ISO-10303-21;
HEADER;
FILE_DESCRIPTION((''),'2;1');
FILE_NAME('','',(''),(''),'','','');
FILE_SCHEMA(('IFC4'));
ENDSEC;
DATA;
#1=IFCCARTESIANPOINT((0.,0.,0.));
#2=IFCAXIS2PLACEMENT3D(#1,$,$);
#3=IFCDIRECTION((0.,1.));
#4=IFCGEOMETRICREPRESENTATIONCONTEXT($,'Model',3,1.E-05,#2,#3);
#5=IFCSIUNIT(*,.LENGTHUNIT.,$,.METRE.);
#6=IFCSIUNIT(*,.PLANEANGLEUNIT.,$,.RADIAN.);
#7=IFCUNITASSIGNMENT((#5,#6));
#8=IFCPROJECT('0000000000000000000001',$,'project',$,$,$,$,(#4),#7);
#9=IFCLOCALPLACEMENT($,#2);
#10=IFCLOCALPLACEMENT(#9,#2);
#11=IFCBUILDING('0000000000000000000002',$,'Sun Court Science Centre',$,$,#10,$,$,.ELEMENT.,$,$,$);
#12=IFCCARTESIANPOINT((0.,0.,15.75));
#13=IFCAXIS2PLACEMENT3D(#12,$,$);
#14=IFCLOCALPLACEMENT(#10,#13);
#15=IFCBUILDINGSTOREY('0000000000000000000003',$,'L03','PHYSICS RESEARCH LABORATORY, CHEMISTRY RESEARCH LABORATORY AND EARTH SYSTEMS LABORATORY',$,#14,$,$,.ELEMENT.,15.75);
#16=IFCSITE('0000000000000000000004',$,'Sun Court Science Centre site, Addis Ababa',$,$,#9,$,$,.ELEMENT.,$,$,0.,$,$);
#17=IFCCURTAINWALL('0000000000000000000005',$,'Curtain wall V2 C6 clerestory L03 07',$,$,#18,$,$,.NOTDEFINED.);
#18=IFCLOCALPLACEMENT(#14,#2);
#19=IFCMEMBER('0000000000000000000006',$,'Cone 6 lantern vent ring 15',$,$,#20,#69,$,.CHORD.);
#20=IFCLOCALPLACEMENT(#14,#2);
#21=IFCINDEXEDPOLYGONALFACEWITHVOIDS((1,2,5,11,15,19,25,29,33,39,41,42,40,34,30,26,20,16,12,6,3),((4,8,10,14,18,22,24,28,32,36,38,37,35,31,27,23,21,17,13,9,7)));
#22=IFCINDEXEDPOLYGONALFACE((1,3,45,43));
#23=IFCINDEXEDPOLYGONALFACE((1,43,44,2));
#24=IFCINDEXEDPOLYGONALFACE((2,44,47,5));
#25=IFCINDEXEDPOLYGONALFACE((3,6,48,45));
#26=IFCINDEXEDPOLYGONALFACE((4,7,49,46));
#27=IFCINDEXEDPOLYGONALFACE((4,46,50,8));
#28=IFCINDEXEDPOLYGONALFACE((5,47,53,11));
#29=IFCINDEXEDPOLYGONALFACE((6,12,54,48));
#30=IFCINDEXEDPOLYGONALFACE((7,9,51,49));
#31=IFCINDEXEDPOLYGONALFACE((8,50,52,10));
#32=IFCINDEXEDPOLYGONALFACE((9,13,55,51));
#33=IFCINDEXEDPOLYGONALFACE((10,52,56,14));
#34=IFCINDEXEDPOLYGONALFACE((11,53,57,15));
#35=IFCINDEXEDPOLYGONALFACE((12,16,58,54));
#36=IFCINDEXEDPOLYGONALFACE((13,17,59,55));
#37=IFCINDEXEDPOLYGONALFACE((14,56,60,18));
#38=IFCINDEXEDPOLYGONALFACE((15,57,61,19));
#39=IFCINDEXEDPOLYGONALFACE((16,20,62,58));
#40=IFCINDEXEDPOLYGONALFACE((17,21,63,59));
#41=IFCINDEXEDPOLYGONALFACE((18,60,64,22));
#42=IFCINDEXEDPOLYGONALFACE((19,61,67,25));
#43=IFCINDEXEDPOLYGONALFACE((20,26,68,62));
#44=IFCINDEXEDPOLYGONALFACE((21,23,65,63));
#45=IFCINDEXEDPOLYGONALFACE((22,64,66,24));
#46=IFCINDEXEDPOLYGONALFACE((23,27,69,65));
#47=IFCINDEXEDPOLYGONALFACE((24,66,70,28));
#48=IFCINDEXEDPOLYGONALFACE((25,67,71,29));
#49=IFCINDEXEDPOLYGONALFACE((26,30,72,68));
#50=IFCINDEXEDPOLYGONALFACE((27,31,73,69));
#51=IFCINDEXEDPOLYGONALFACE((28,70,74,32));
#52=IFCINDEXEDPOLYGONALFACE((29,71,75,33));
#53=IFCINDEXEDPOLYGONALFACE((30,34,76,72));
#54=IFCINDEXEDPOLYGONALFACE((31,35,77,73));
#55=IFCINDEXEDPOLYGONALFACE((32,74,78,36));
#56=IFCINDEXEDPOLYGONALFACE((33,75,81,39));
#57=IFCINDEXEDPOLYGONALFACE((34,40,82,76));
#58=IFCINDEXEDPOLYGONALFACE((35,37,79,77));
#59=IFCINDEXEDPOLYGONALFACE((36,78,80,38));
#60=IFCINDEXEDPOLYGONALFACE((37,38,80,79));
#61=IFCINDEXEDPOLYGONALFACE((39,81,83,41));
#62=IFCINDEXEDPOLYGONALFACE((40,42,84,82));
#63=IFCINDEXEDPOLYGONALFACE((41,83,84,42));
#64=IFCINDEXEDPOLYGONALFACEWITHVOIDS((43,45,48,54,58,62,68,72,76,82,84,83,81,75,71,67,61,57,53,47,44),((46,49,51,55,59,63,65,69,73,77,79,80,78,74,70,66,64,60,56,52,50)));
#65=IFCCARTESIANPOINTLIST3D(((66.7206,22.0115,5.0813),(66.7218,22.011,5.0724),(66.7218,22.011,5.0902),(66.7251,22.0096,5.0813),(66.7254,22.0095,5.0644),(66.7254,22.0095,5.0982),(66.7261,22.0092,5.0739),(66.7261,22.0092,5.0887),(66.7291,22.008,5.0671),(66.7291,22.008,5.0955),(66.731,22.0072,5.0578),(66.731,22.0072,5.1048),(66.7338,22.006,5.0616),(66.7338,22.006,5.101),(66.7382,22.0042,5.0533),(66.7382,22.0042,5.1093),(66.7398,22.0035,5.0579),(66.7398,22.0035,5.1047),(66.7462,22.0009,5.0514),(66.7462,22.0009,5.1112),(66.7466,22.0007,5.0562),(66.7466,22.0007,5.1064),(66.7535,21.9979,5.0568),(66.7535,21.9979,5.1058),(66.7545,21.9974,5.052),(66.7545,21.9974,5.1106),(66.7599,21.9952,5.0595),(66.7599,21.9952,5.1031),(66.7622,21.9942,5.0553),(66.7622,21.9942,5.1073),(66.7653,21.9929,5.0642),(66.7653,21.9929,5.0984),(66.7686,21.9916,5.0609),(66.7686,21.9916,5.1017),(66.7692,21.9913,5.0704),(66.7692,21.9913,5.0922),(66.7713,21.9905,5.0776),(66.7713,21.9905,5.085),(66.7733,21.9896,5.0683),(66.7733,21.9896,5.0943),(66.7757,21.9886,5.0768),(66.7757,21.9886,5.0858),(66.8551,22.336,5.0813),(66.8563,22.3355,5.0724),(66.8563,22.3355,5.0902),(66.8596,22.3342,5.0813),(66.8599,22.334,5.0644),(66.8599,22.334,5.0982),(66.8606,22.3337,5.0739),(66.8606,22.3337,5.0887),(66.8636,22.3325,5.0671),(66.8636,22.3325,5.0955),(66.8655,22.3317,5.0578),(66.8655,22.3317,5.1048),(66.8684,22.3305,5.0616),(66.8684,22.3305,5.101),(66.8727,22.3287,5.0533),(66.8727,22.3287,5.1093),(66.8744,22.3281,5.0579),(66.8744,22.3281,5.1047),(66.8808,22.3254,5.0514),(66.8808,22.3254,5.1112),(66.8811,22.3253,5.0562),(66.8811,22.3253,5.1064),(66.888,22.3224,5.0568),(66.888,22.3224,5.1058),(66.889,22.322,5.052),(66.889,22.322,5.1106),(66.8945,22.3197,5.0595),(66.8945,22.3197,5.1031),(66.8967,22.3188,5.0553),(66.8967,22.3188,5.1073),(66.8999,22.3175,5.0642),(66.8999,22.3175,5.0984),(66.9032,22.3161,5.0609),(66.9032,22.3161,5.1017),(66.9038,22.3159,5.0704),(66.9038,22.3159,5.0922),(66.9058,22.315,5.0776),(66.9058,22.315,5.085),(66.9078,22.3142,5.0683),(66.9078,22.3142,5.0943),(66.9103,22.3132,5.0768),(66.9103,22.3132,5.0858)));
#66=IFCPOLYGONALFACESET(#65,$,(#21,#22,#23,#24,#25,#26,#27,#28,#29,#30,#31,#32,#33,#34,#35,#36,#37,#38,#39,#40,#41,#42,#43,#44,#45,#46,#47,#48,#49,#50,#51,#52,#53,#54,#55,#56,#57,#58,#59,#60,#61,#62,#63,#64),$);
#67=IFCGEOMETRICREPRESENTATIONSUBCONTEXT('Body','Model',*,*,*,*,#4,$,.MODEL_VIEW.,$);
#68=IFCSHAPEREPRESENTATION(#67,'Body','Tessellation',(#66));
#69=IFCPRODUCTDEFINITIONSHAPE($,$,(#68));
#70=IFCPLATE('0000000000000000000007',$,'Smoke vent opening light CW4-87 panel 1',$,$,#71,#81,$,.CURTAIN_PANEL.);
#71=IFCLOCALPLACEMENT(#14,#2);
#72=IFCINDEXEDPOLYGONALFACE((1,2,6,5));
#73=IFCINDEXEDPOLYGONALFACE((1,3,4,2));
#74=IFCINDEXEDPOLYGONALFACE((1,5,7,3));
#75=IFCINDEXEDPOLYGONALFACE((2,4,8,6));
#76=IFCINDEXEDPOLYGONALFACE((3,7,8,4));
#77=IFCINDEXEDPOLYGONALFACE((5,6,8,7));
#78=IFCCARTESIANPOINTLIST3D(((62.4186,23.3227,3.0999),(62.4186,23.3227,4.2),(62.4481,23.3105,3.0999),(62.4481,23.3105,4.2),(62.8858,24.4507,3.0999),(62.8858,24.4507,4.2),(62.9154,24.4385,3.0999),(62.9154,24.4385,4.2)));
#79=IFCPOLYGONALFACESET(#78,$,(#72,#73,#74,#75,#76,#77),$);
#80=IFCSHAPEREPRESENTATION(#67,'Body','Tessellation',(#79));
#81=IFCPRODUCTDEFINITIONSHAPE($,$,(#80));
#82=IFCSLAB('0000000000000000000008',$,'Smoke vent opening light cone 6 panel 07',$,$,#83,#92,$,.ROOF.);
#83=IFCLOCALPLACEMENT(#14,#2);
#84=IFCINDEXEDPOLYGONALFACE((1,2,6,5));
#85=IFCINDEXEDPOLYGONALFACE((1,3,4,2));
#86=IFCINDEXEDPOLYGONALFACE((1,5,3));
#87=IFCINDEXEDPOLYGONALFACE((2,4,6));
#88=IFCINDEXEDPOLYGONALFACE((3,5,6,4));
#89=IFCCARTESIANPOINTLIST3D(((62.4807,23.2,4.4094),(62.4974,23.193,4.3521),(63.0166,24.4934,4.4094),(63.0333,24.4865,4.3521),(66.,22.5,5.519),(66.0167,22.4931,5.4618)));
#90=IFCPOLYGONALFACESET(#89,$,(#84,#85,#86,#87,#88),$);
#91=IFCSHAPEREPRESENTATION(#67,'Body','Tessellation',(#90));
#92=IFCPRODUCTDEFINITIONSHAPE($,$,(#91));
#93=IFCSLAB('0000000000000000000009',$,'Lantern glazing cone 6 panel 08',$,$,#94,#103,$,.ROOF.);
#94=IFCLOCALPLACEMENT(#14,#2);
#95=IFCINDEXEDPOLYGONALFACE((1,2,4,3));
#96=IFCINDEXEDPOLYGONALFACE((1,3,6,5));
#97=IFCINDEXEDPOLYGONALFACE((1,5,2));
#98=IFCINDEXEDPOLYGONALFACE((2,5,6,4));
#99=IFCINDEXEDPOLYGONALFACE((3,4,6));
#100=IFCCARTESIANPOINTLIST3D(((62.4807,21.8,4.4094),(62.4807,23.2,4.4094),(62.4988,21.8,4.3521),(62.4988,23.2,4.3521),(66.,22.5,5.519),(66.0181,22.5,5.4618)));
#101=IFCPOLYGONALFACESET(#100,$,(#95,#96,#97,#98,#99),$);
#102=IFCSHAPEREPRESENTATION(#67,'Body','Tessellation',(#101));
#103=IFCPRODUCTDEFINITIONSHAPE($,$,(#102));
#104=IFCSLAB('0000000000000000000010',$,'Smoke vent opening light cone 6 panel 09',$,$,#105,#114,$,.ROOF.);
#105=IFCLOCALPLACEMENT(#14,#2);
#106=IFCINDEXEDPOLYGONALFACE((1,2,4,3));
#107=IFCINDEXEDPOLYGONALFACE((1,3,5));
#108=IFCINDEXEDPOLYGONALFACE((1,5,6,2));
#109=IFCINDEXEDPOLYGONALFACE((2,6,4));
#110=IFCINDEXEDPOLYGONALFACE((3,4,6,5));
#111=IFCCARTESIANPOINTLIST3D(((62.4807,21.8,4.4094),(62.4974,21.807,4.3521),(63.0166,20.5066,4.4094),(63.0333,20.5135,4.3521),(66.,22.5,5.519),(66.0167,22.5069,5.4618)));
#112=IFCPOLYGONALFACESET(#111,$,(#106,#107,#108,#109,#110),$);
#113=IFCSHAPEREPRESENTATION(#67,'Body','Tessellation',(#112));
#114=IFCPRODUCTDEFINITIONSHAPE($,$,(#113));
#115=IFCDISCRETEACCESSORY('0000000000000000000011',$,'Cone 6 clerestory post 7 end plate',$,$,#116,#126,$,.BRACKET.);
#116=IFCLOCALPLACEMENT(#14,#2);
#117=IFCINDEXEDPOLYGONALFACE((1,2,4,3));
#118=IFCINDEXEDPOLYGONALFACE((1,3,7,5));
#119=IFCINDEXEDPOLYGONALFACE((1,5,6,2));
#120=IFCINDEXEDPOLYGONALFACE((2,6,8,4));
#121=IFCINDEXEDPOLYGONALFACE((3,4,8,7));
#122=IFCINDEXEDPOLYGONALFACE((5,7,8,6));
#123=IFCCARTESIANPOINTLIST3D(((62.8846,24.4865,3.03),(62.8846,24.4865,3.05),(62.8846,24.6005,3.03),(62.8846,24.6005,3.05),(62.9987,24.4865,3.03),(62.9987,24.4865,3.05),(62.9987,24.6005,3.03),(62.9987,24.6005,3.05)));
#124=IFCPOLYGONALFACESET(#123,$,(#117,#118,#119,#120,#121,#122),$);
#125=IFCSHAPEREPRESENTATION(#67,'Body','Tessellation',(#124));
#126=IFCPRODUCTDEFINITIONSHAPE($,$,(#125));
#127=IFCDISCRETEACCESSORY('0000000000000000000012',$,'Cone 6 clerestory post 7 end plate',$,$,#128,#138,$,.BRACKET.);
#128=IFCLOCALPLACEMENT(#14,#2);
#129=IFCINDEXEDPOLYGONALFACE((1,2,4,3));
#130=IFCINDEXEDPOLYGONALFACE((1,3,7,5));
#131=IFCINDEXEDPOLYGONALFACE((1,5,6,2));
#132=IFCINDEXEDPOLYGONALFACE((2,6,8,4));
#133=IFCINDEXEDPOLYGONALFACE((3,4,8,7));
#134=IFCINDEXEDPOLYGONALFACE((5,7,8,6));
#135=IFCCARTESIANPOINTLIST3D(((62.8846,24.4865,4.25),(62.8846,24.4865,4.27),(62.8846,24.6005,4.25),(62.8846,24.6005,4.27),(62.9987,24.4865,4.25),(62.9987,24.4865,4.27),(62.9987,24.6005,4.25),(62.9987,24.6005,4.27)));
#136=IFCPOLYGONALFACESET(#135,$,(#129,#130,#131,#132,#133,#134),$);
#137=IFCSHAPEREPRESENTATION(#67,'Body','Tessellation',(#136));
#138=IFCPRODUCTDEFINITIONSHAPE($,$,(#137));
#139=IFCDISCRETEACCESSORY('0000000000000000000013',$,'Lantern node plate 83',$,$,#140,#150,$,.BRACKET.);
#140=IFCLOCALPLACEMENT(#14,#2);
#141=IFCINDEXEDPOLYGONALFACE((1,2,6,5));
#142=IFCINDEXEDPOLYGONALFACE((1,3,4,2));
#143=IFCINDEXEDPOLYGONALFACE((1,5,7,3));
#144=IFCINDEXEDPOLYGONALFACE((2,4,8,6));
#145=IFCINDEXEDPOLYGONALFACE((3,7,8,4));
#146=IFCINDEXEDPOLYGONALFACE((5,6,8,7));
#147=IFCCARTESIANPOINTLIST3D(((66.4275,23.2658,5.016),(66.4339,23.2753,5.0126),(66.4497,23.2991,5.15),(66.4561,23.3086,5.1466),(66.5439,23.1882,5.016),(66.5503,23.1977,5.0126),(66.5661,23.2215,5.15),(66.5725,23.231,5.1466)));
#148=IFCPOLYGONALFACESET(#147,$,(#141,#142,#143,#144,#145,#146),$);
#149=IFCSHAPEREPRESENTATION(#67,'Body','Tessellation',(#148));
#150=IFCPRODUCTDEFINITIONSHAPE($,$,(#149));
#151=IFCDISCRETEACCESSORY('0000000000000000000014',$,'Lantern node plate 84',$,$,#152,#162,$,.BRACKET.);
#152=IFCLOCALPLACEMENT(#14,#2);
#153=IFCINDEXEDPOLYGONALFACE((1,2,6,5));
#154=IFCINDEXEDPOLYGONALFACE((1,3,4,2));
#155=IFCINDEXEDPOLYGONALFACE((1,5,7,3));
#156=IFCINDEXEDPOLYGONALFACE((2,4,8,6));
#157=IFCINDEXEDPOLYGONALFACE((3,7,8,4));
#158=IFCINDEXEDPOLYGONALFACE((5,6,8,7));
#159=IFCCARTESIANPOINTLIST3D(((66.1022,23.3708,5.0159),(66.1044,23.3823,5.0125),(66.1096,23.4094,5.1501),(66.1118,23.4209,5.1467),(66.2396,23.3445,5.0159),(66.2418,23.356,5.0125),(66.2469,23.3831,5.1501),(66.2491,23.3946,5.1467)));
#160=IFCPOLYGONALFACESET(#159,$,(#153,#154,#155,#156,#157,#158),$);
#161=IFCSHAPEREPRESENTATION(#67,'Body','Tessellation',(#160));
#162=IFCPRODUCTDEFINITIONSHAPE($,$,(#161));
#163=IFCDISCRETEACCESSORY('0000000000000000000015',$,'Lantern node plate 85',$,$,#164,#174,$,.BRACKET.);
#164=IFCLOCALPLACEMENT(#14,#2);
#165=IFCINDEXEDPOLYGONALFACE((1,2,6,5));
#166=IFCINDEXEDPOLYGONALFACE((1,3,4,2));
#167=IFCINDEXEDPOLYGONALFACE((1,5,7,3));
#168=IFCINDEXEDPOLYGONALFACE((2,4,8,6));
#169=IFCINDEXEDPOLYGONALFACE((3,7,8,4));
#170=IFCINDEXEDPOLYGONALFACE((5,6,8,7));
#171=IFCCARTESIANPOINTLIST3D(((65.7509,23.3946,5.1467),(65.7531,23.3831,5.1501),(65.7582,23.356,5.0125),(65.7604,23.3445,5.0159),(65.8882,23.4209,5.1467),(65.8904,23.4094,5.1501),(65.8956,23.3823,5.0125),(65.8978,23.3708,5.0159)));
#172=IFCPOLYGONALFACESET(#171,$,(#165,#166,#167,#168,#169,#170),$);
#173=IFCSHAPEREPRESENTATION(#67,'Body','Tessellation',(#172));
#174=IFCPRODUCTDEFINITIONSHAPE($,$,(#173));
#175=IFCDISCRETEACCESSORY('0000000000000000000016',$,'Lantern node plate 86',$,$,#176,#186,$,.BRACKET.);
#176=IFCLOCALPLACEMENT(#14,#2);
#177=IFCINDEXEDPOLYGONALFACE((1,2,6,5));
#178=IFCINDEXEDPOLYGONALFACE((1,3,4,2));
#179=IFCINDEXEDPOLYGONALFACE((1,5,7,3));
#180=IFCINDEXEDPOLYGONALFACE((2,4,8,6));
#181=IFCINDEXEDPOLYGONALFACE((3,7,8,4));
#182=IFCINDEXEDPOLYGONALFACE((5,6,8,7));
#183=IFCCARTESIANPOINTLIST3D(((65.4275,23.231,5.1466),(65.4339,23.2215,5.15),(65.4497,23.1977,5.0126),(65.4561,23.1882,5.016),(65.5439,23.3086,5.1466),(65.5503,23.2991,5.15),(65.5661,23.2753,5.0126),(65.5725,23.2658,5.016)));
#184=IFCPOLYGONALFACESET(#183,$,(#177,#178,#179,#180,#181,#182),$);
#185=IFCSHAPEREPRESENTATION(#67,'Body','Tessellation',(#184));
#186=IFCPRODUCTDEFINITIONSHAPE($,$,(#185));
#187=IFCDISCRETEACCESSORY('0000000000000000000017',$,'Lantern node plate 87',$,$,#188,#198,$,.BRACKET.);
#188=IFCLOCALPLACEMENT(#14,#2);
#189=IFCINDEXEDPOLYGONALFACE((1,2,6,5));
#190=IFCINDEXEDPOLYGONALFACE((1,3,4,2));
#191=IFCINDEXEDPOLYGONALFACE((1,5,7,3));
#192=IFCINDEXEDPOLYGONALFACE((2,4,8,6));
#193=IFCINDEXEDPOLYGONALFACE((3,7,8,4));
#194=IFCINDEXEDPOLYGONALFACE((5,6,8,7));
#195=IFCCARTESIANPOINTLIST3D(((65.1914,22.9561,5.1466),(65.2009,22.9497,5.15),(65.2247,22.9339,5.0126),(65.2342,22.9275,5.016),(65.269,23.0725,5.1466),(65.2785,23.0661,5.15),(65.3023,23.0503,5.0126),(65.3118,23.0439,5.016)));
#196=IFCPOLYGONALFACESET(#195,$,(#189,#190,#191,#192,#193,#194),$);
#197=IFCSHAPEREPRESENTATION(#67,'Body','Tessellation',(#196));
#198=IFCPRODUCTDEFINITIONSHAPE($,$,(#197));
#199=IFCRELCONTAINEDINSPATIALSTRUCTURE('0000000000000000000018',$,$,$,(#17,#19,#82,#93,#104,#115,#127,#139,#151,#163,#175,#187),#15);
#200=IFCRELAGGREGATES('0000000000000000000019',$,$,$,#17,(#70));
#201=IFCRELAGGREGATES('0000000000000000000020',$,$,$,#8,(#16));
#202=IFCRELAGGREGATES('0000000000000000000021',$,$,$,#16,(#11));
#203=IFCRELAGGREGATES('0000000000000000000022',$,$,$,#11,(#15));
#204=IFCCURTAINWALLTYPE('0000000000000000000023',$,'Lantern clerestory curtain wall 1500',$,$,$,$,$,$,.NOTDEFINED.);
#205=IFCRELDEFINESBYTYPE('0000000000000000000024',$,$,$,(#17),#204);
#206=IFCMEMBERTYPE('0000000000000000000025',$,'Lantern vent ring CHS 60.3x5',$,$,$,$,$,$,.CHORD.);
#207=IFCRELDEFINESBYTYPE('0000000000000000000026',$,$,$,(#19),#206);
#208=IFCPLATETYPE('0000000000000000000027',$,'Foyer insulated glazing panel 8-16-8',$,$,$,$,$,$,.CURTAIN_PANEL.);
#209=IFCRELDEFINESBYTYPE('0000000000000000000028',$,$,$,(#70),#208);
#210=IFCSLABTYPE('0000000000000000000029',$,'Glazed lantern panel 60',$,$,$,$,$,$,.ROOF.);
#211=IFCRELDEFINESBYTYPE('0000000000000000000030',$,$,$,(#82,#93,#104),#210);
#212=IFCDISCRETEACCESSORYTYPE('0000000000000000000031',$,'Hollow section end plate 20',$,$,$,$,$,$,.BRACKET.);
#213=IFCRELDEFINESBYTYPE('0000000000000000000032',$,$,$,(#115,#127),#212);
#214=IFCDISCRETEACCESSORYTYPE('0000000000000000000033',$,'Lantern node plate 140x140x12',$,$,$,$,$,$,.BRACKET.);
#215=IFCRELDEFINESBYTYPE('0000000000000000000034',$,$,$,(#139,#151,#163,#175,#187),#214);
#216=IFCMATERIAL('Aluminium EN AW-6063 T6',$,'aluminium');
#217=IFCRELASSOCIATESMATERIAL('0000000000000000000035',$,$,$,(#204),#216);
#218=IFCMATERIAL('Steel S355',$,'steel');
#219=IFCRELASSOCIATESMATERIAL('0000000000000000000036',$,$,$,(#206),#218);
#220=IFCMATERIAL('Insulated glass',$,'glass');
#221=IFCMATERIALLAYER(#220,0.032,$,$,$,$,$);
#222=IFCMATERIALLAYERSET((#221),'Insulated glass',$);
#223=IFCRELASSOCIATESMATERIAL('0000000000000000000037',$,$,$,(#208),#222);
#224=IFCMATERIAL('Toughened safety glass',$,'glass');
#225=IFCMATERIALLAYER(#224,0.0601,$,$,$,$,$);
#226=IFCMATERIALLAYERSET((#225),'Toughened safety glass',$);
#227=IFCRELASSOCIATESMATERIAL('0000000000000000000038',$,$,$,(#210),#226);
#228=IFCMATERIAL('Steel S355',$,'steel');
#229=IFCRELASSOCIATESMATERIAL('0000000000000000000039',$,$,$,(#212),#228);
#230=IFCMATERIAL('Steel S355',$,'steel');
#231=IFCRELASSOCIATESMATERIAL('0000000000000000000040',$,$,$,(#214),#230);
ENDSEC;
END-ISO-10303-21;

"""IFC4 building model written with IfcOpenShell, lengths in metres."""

from ifc_helpers import new_model, si_unit, direction, frame, origin, origin_2d, place, context, subcontext, project, spatial, polyline, rectangle, hollow_circle, outline, extrude, material, layer, layer_set, material_profile, profile_set, type_object, element, aggregate, save


model = new_model("IFC4")

# Units and contexts
model_context = context("Model", 3, precision=1e-05, world=origin(), true_north=direction((0.0, 1.0)))
body_context = subcontext(model_context, "Body", "Model", "MODEL_VIEW")
ifc_project = project(units=[si_unit("LENGTHUNIT", "METRE"), si_unit("PLANEANGLEUNIT", "RADIAN")], contexts=[model_context])

# Site, building, storey
site_placement = place(None, origin())
site = spatial("IfcSite", under=ifc_project, at=site_placement, Name="Sun Court Science Centre site, Addis Ababa", CompositionType="ELEMENT", RefElevation=0.0)
building_placement = place(site_placement, origin())
building = spatial("IfcBuilding", under=site, at=building_placement, Name="Sun Court Science Centre", CompositionType="ELEMENT")
storey_placement = place(building_placement, frame((0.0, 0.0, 15.75)))
storey = spatial("IfcBuildingStorey", under=building, at=storey_placement, Name="L03", Description="PHYSICS RESEARCH LABORATORY, CHEMISTRY RESEARCH LABORATORY AND EARTH SYSTEMS LABORATORY", CompositionType="ELEMENT", Elevation=15.75)

# Shared definitions
ifc_material_1 = material(Name="Aluminium EN AW-6063 T6", Category="aluminium")
curtain_wall_type = type_object("IfcCurtainWallType", Name="Lantern clerestory curtain wall 1500", PredefinedType="NOTDEFINED", material=ifc_material_1)

# Curtain wall
curtain_wall_1_placement = place(storey_placement, origin())
curtain_wall_1 = element("IfcCurtainWall", 1, at=curtain_wall_1_placement, inside=storey, type_object=curtain_wall_type, Name="Curtain wall V2 C6 clerestory L03 07", PredefinedType="NOTDEFINED")

# Member
ifc_material_2 = material(Name="Steel S355", Category="steel")
ifc_material_profile_1 = material_profile(ifc_material_2, hollow_circle(Radius=0.03, WallThickness=0.0049, at=origin_2d()), Name="CHS 60.3x5")
ifc_profile_set_1 = profile_set([ifc_material_profile_1], Name="Steel S355")
member_type_1 = type_object("IfcMemberType", Name="Lantern vent ring CHS 60.3x5", PredefinedType="CHORD", material=ifc_profile_set_1)
member_1_placement = place(storey_placement, frame((66.7483, 22.0, 5.0813), z_axis=(0.382986, 0.923754, 0.0), x_axis=(-0.923754, 0.382986, 0.0)))
element("IfcMember", 2, at=member_1_placement, inside=storey, type_object=member_type_1, Name="Cone 6 lantern vent ring 15", PredefinedType="CHORD", context=body_context, shape_type="SweptSolid", body=[
    extrude(hollow_circle(Radius=0.03, WallThickness=0.0049, at=origin_2d()), origin(), (0.0, 0.0, 1.0), 0.3513),
])

# Plate
ifc_material_3 = material(Name="Insulated glass", Category="glass")
ifc_layer_1 = layer(ifc_material_3, 0.032)
ifc_layer_set_1 = layer_set([ifc_layer_1], Name="Insulated glass")
plate_type = type_object("IfcPlateType", Name="Foyer insulated glazing panel 8-16-8", PredefinedType="CURTAIN_PANEL", material=ifc_layer_set_1)
plate_placement = place(storey_placement, frame((62.667, 23.8806, 3.0999), z_axis=(0.0, 0.0, 1.0), x_axis=(0.382683, 0.92388, 0.0)))
plate = element("IfcPlate", 3, at=plate_placement, type_object=plate_type, Name="Smoke vent opening light CW4-87 panel 1", PredefinedType="CURTAIN_PANEL", context=body_context, shape_type="SweptSolid", body=[
    extrude(rectangle(XDim=1.2209, YDim=0.032, at=origin_2d()), origin(), (0.0, 0.0, 1.0), 1.1001),
])
aggregate(curtain_wall_1, [plate])

# Slabs
ifc_material_4 = material(Name="Toughened safety glass", Category="glass")
ifc_layer_2 = layer(ifc_material_4, 0.0601)
ifc_layer_set_2 = layer_set([ifc_layer_2], Name="Toughened safety glass")
slab_type = type_object("IfcSlabType", Name="Glazed lantern panel 60", PredefinedType="ROOF", material=ifc_layer_set_2)
slab_1_placement = place(storey_placement, frame((63.0166, 24.4934, 4.4094), z_axis=(-0.277811, 0.115099, 0.953715), x_axis=(-0.382757, -0.923849, 0.0)))
element("IfcSlab", 4, at=slab_1_placement, inside=storey, type_object=slab_type, Name="Smoke vent opening light cone 6 panel 07", PredefinedType="ROOF", context=body_context, shape_type="SweptSolid", body=[
    extrude(outline(polyline([(0.0, 0.0), (1.4001, 0.0), (0.6997, 3.69), (0.0, 0.0)])), origin(), (0.0, 0.0, -1.0), 0.0601),
])
slab_2_placement = place(storey_placement, frame((62.4807, 23.2, 4.4094), z_axis=(-0.300704, 0.0, 0.953718), x_axis=(0.0, -1.0, 0.0)))
element("IfcSlab", 5, at=slab_2_placement, inside=storey, type_object=slab_type, Name="Lantern glazing cone 6 panel 08", PredefinedType="ROOF", context=body_context, shape_type="SweptSolid", body=[
    extrude(outline(polyline([(0.0, 0.0), (1.3999, 0.0), (0.7, 3.6901), (0.0, 0.0)])), origin(), (0.0, 0.0, -1.0), 0.0601),
])
slab_3_placement = place(storey_placement, frame((62.4807, 21.8, 4.4094), z_axis=(-0.277811, -0.115099, 0.953715), x_axis=(0.382757, -0.923849, 0.0)))
element("IfcSlab", 6, at=slab_3_placement, inside=storey, type_object=slab_type, Name="Smoke vent opening light cone 6 panel 09", PredefinedType="ROOF", context=body_context, shape_type="SweptSolid", body=[
    extrude(outline(polyline([(0.0, 0.0), (1.4001, 0.0), (0.7004, 3.69), (0.0, 0.0)])), origin(), (0.0, 0.0, -1.0), 0.0601),
])

# Discrete accessories
ifc_material_5 = material(Name="Steel S355", Category="steel")
discrete_accessory_type_1 = type_object("IfcDiscreteAccessoryType", Name="Hollow section end plate 20", PredefinedType="BRACKET", material=ifc_material_5)
for number, where, z_axis, x_axis, name in (
    (7, (62.9417, 24.5435, 3.03), (0.0, 0.0, 1.0), (1.0, 0.0, 0.0), "Cone 6 clerestory post 7 end plate"),
    (8, (62.9417, 24.5435, 4.25), (0.0, 0.0, 1.0), (1.0, 0.0, 0.0), "Cone 6 clerestory post 7 end plate"),
):
    element("IfcDiscreteAccessory", number, at=place(storey_placement, frame(where, z_axis=z_axis, x_axis=x_axis)), inside=storey, type_object=discrete_accessory_type_1, Name=name, PredefinedType="BRACKET", context=body_context, shape_type="SweptSolid", body=[
        extrude(rectangle(XDim=0.114, YDim=0.114, at=origin_2d()), origin(), (0.0, 0.0, 1.0), 0.02),
    ])
ifc_material_6 = material(Name="Steel S355", Category="steel")
ifc_material_profile_2 = material_profile(ifc_material_6, rectangle(XDim=0.1399, YDim=0.1399, at=origin_2d()), Name="PL 140x140")
ifc_profile_set_2 = profile_set([ifc_material_profile_2], Name="Steel S355")
discrete_accessory_type_2 = type_object("IfcDiscreteAccessoryType", Name="Lantern node plate 140x140x12", PredefinedType="BRACKET", material=ifc_profile_set_2)
discrete_accessory_1_placement = place(storey_placement, frame((66.5032, 23.2532, 5.0796), z_axis=(-0.531498, -0.797248, 0.286191), x_axis=(0.83205, -0.5547, 0.0)))
element("IfcDiscreteAccessory", 9, at=discrete_accessory_1_placement, inside=storey, type_object=discrete_accessory_type_2, Name="Lantern node plate 83", PredefinedType="BRACKET", context=body_context, shape_type="SweptSolid", body=[
    extrude(rectangle(XDim=0.1399, YDim=0.1399, at=origin_2d()), origin(), (0.0, 0.0, 1.0), 0.012),
])
for number, where, z_axis, x_axis, name in (
    (10, (66.1768, 23.3884, 5.0796), (-0.180506, -0.942643, 0.280787), (0.982155, -0.188072, 0.0), "Lantern node plate 84"),
    (11, (65.8232, 23.3884, 5.0796), (0.180506, -0.942643, 0.280787), (0.982155, 0.188072, 0.0), "Lantern node plate 85"),
):
    element("IfcDiscreteAccessory", number, at=place(storey_placement, frame(where, z_axis=z_axis, x_axis=x_axis)), inside=storey, type_object=discrete_accessory_type_2, Name=name, PredefinedType="BRACKET", context=body_context, shape_type="SweptSolid", body=[
        extrude(rectangle(XDim=0.1399, YDim=0.1399, at=origin_2d()), origin(), (0.0, 0.0, 1.0), 0.0122),
    ])
for number, where, z_axis, x_axis, name in (
    (12, (65.4968, 23.2532, 5.0796), (0.531498, -0.797248, 0.286191), (0.83205, 0.5547, 0.0), "Lantern node plate 86"),
    (13, (65.2468, 23.0032, 5.0796), (0.797248, -0.531498, 0.286191), (0.5547, 0.83205, 0.0), "Lantern node plate 87"),
):
    element("IfcDiscreteAccessory", number, at=place(storey_placement, frame(where, z_axis=z_axis, x_axis=x_axis)), inside=storey, type_object=discrete_accessory_type_2, Name=name, PredefinedType="BRACKET", context=body_context, shape_type="SweptSolid", body=[
        extrude(rectangle(XDim=0.1399, YDim=0.1399, at=origin_2d()), origin(), (0.0, 0.0, 1.0), 0.012),
    ])

save(model, "model.ifc")
